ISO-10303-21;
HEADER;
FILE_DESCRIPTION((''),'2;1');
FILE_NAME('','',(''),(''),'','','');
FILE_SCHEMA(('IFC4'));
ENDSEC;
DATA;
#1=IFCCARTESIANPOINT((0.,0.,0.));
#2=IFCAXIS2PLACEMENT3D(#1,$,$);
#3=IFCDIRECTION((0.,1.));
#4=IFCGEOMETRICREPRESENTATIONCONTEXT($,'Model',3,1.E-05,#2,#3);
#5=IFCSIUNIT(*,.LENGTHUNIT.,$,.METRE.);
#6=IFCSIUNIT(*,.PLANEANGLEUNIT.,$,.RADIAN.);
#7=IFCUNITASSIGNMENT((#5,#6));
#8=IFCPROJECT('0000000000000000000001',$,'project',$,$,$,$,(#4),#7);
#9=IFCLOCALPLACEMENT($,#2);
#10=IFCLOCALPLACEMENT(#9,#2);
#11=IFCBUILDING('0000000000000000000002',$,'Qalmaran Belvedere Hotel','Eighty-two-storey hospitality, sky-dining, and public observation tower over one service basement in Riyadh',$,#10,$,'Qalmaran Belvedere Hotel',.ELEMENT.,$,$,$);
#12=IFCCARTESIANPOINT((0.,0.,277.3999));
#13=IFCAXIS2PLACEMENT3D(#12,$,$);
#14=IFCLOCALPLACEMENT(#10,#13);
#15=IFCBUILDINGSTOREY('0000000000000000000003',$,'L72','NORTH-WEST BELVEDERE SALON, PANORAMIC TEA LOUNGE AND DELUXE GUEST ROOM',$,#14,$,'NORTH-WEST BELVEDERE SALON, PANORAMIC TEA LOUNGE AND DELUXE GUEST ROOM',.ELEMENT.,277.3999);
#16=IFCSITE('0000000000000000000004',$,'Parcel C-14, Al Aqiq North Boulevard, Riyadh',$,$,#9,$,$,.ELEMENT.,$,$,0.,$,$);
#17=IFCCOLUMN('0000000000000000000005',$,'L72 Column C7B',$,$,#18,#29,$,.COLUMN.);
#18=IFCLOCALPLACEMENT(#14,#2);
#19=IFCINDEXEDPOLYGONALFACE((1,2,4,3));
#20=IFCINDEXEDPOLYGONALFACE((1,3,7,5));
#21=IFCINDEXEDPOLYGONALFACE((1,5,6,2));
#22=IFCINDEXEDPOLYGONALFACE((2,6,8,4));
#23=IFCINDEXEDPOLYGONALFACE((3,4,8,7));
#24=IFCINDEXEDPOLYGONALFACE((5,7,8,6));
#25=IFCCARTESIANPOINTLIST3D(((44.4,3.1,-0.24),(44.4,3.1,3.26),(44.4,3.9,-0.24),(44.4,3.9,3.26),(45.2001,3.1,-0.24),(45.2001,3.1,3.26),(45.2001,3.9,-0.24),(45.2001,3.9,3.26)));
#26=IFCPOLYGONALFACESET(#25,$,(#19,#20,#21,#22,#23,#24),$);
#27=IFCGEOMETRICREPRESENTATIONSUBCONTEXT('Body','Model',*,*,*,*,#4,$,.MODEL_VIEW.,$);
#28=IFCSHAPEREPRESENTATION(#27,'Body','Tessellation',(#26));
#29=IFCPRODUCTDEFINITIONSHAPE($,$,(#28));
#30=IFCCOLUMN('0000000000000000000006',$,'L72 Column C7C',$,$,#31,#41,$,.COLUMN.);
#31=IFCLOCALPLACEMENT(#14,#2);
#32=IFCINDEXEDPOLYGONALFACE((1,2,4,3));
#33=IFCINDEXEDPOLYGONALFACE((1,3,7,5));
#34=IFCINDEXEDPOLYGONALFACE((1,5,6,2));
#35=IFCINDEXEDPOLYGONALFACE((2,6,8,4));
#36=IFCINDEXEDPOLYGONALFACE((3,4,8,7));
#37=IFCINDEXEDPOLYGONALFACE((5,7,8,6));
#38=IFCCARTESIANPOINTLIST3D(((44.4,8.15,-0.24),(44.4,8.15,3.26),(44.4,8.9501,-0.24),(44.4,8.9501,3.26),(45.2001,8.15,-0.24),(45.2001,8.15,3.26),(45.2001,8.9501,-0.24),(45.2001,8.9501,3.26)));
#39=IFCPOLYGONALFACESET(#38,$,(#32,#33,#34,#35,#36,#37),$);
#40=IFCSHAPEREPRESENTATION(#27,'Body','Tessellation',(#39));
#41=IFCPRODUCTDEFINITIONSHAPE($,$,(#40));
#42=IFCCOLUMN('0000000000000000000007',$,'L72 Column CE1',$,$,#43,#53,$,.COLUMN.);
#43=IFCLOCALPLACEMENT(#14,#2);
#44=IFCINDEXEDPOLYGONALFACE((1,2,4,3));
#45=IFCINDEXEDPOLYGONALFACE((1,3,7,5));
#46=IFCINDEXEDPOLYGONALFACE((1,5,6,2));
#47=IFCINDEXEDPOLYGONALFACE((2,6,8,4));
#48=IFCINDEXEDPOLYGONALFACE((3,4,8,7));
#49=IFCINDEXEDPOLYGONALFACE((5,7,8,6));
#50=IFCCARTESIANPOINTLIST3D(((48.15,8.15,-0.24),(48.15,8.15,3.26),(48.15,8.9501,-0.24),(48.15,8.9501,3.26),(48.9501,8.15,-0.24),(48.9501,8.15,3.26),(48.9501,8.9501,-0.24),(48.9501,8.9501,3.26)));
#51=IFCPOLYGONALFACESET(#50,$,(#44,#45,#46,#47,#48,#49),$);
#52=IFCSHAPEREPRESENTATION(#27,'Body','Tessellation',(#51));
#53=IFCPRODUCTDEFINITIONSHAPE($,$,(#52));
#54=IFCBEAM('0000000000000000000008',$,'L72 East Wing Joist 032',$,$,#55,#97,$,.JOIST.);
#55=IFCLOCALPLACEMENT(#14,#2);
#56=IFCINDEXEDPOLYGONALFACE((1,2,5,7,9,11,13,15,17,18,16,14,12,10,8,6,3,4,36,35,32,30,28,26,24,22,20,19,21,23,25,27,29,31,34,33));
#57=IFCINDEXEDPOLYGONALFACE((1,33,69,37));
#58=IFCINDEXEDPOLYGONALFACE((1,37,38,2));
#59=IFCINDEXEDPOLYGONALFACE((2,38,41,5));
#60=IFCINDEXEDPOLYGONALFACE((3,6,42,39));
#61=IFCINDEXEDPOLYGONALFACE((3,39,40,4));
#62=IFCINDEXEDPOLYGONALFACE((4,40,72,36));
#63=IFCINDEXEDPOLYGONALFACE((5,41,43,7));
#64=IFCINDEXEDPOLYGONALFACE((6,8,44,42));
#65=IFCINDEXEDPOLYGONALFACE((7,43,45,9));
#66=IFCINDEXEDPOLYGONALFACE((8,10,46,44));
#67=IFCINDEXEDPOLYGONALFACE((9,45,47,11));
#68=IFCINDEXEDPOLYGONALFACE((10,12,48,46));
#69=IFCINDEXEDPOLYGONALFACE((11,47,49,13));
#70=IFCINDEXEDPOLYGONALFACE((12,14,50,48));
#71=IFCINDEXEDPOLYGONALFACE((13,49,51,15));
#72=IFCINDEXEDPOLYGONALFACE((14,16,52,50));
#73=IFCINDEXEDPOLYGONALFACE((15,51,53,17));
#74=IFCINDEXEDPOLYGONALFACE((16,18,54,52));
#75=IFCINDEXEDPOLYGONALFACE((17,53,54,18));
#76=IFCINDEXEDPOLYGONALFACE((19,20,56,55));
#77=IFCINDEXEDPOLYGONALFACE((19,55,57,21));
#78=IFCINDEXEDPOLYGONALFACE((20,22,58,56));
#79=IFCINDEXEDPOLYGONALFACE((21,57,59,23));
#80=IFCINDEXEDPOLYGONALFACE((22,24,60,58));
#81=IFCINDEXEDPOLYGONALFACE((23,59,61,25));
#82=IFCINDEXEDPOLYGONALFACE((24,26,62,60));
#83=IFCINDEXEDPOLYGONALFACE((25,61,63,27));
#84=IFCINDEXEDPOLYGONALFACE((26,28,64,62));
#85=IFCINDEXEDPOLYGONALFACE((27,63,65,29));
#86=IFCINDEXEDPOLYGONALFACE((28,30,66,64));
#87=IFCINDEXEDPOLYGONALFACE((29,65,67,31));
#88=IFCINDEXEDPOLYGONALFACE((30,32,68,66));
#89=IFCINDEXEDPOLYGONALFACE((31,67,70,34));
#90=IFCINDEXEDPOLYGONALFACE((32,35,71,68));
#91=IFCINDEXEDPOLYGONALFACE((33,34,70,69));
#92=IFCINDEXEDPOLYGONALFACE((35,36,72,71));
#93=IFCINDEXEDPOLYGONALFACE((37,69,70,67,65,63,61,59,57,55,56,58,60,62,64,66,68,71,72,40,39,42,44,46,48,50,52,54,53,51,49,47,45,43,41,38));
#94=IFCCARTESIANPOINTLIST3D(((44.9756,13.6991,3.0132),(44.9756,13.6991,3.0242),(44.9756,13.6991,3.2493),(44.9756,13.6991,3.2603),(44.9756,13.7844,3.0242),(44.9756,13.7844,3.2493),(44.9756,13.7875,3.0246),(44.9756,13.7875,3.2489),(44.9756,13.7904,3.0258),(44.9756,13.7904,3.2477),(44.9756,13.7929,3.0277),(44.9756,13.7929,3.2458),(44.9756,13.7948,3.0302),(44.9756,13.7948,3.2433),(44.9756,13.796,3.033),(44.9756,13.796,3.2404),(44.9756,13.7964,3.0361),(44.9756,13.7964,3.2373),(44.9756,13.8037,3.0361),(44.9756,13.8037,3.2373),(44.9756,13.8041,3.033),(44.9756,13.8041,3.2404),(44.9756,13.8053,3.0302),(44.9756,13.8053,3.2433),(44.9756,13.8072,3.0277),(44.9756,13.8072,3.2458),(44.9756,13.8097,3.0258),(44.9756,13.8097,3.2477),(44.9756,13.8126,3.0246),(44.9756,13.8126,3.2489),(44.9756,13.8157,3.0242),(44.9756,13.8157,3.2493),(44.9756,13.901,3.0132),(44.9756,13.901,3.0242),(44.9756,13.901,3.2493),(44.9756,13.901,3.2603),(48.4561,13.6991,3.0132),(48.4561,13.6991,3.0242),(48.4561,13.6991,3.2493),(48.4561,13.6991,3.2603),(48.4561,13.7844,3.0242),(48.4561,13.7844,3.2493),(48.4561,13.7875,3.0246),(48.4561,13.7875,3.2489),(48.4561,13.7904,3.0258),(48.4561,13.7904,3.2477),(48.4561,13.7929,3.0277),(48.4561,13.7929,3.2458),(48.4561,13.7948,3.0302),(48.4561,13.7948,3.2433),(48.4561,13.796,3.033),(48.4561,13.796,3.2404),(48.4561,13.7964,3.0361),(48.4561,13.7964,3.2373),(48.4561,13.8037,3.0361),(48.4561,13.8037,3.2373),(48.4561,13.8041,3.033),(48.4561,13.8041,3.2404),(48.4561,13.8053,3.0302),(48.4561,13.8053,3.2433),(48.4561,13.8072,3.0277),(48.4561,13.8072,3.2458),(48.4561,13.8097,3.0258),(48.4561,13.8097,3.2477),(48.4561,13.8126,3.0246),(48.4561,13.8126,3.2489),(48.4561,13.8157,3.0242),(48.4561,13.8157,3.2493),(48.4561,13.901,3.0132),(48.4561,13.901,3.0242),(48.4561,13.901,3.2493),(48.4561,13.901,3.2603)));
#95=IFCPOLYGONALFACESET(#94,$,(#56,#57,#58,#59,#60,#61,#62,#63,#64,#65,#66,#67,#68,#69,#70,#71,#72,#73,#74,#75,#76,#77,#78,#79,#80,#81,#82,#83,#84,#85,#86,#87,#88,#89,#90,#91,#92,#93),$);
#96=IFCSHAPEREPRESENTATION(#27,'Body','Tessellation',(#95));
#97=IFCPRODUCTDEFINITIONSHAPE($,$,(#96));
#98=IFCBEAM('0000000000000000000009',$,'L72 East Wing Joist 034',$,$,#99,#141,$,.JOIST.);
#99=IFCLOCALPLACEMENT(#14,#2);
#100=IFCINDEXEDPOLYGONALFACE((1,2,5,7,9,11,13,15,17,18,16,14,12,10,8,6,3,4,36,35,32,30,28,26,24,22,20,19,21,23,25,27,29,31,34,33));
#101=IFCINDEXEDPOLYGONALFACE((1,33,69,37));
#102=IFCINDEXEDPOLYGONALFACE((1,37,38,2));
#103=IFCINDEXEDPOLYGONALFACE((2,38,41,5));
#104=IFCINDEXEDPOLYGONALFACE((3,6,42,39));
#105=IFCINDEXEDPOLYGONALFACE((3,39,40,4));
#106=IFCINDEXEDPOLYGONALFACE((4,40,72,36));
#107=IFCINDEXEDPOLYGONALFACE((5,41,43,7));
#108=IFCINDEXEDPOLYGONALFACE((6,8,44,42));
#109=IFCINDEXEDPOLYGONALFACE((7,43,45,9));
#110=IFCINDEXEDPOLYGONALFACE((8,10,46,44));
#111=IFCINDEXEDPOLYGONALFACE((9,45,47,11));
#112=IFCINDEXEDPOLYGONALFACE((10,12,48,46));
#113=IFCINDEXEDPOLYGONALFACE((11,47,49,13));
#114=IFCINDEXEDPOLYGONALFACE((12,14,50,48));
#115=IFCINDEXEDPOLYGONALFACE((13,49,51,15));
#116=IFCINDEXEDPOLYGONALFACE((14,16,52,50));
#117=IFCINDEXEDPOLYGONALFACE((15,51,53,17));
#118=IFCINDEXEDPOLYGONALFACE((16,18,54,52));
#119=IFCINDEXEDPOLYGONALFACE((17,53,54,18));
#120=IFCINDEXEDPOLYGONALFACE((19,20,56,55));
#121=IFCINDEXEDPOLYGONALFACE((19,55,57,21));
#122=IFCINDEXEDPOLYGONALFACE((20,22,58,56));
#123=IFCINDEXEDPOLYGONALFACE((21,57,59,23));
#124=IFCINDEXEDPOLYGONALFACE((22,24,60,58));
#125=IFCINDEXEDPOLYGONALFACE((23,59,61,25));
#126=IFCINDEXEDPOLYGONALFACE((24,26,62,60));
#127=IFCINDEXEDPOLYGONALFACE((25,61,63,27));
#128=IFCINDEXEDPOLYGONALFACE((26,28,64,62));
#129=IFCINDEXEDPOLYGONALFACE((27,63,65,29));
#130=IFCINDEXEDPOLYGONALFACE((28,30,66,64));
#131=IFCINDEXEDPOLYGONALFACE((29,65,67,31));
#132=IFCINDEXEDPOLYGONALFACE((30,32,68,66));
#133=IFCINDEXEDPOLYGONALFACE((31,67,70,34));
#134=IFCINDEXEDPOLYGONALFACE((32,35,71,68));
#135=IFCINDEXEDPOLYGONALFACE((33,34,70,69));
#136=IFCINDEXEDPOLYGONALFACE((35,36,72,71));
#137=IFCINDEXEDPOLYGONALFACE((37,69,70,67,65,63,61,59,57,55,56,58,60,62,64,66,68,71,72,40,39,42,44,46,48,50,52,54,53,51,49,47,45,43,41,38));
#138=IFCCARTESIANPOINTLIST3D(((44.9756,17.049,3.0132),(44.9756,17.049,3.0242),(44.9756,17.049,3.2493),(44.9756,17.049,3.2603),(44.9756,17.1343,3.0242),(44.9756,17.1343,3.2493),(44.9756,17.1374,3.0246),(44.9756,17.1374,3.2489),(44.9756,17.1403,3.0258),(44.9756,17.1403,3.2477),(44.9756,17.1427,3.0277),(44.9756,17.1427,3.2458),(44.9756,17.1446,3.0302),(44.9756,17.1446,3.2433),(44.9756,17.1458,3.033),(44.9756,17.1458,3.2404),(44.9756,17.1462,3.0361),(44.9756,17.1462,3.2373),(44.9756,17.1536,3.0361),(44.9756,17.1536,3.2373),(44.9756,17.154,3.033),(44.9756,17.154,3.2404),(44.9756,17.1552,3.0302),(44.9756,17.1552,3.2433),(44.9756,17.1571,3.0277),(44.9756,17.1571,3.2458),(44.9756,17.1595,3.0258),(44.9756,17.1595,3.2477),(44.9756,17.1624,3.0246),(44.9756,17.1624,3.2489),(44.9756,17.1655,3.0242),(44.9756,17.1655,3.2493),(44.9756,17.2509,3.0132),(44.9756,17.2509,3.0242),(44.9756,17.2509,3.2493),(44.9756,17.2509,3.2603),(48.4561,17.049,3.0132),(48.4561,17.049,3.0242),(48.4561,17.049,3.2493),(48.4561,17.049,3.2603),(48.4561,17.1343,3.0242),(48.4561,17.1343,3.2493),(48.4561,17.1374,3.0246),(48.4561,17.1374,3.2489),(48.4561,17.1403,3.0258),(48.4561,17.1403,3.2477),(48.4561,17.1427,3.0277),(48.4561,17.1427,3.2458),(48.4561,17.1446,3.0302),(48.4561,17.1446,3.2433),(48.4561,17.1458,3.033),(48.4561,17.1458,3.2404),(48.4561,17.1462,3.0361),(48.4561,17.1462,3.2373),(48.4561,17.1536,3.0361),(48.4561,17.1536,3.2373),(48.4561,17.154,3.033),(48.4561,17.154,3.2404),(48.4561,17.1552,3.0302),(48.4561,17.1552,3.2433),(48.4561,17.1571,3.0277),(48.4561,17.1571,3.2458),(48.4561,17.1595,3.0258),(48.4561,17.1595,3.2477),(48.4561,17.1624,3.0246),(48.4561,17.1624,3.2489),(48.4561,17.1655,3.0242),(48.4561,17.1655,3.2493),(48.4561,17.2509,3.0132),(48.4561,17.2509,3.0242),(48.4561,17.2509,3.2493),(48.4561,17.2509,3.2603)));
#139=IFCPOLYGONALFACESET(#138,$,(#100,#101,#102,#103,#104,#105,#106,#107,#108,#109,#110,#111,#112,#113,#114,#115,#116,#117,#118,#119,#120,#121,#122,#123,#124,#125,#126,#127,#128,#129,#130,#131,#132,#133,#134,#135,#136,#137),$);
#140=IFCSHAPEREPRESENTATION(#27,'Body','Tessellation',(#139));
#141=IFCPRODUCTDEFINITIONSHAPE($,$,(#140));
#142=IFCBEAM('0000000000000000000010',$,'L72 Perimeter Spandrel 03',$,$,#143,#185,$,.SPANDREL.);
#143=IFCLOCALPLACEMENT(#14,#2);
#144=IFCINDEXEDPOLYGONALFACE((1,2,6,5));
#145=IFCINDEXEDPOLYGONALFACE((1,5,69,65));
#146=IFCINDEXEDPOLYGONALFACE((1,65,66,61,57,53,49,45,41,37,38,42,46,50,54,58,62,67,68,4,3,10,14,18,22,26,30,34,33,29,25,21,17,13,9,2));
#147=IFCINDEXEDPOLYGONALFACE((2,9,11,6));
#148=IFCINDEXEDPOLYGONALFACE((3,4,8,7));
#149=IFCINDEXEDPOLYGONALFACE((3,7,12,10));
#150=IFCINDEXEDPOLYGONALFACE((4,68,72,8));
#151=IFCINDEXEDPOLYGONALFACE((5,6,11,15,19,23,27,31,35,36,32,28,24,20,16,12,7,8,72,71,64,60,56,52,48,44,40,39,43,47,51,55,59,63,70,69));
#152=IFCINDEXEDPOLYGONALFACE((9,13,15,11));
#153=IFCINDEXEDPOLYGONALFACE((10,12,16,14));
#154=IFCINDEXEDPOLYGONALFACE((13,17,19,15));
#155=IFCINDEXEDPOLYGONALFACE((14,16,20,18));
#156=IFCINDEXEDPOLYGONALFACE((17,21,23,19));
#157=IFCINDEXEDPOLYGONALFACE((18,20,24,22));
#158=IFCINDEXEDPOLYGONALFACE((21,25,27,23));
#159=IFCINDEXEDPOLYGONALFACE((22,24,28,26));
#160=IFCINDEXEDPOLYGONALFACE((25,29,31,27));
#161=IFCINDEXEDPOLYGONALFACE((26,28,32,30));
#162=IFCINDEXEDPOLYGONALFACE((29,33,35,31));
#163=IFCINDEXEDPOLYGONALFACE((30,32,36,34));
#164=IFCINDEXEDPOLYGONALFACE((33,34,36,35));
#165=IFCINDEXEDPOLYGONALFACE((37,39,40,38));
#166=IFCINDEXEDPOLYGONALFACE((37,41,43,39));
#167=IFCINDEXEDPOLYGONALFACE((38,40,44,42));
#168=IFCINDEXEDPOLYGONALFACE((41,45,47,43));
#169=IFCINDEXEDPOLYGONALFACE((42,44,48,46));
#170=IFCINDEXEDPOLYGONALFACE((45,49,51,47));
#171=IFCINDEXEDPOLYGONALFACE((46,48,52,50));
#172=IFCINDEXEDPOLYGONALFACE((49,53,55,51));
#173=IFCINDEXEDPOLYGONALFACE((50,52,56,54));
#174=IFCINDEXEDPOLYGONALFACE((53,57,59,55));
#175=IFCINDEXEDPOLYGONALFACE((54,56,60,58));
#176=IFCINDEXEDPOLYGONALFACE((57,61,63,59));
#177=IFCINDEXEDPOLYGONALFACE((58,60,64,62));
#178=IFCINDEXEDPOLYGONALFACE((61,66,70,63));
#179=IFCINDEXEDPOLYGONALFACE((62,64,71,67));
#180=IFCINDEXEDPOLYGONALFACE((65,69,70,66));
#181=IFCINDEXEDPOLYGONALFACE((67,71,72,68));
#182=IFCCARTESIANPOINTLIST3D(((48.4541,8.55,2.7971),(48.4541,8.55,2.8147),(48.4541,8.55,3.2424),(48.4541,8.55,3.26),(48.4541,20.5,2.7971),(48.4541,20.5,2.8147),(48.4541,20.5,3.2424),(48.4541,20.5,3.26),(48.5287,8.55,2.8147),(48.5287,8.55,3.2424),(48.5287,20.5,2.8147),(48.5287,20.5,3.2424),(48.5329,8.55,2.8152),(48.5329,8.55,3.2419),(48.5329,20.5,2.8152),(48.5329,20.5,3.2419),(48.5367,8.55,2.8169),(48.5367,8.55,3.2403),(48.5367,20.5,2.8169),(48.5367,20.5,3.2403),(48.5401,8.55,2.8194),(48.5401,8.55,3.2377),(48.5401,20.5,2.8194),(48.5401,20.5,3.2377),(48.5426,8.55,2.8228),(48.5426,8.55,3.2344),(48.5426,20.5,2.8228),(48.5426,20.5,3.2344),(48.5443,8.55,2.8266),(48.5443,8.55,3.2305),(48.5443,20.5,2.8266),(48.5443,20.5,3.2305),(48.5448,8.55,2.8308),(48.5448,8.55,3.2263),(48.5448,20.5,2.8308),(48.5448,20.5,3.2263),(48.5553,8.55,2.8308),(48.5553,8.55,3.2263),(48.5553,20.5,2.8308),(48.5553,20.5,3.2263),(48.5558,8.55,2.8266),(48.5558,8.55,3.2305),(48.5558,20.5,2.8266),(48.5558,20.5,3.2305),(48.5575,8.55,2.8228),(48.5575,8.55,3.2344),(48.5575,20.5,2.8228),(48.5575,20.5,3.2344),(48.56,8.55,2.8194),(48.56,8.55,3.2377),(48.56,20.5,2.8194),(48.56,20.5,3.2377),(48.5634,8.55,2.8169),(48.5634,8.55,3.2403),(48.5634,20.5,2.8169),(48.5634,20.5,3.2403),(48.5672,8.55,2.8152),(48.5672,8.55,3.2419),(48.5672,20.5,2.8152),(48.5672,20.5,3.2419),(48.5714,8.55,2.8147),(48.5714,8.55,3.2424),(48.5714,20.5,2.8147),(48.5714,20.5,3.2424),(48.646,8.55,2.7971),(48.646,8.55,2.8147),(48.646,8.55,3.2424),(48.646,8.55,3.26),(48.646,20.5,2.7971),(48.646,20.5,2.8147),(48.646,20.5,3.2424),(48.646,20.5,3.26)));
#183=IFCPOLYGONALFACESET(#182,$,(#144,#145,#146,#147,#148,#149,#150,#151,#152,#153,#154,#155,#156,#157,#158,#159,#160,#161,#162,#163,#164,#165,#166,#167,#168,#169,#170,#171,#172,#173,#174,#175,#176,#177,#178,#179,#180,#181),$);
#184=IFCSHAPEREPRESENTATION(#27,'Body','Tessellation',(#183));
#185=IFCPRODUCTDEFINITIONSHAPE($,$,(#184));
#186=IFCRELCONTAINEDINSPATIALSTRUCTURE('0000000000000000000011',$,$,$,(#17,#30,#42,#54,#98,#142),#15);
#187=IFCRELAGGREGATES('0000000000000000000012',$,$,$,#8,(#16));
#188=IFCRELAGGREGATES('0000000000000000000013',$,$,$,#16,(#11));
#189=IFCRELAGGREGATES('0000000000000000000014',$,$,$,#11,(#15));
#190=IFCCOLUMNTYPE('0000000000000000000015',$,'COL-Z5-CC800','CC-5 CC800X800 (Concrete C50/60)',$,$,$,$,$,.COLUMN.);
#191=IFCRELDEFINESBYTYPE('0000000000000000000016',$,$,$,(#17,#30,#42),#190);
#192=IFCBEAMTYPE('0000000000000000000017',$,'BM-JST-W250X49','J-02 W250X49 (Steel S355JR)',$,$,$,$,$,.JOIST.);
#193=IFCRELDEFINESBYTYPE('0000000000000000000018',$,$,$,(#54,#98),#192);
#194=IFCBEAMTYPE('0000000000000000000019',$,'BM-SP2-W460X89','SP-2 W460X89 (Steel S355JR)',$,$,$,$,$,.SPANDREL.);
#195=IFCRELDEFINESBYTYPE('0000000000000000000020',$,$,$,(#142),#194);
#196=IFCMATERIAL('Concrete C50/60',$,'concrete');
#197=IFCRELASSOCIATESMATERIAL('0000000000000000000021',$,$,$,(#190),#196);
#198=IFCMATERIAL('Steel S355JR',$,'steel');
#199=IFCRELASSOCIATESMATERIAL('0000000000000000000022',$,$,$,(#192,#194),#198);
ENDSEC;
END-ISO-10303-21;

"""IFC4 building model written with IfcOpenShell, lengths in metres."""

from ifc_helpers import new_model, si_unit, direction, frame, origin, origin_2d, place, context, subcontext, project, spatial, rectangle, i_section, extrude, material, material_profile, profile_set, type_object, element, save


model = new_model("IFC4")

# Units and contexts
model_context = context("Model", 3, precision=1e-05, world=origin(), true_north=direction((0.0, 1.0)))
body_context = subcontext(model_context, "Body", "Model", "MODEL_VIEW")
ifc_project = project(units=[si_unit("LENGTHUNIT", "METRE"), si_unit("PLANEANGLEUNIT", "RADIAN")], contexts=[model_context])

# Site, building, storey
site_placement = place(None, origin())
site = spatial("IfcSite", under=ifc_project, at=site_placement, Name="Parcel C-14, Al Aqiq North Boulevard, Riyadh", CompositionType="ELEMENT", RefElevation=0.0)
building_placement = place(site_placement, origin())
building = spatial("IfcBuilding", under=site, at=building_placement, Name="Qalmaran Belvedere Hotel", Description="Eighty-two-storey hospitality, sky-dining, and public observation tower over one service basement in Riyadh", LongName="Qalmaran Belvedere Hotel", CompositionType="ELEMENT")
storey_placement = place(building_placement, frame((0.0, 0.0, 277.3999)))
storey = spatial("IfcBuildingStorey", under=building, at=storey_placement, Name="L72", Description="NORTH-WEST BELVEDERE SALON, PANORAMIC TEA LOUNGE AND DELUXE GUEST ROOM", LongName="NORTH-WEST BELVEDERE SALON, PANORAMIC TEA LOUNGE AND DELUXE GUEST ROOM", CompositionType="ELEMENT", Elevation=277.3999)

# Columns
ifc_material_1 = material(Name="Concrete C50/60", Category="concrete")
ifc_material_profile_1 = material_profile(ifc_material_1, rectangle(XDim=0.8, YDim=0.8, at=origin_2d()), Name="CC800X800")
ifc_profile_set_1 = profile_set([ifc_material_profile_1], Name="Concrete C50/60")
column_type = type_object("IfcColumnType", Name="COL-Z5-CC800", Description="CC-5 CC800X800 (Concrete C50/60)", PredefinedType="COLUMN", material=ifc_profile_set_1)
for number, where, z_axis, x_axis, name in (
    (1, (44.8, 3.5, -0.24), (0.0, 0.0, 1.0), (1.0, 0.0, 0.0), "L72 Column C7B"),
    (2, (44.8, 8.55, -0.24), (0.0, 0.0, 1.0), (1.0, 0.0, 0.0), "L72 Column C7C"),
    (3, (48.55, 8.55, -0.24), (0.0, 0.0, 1.0), (1.0, 0.0, 0.0), "L72 Column CE1"),
):
    element("IfcColumn", number, at=place(storey_placement, frame(where, z_axis=z_axis, x_axis=x_axis)), inside=storey, type_object=column_type, Name=name, PredefinedType="COLUMN", context=body_context, shape_type="SweptSolid", body=[
        extrude(rectangle(XDim=0.8, YDim=0.8, at=origin_2d()), origin(), (0.0, 0.0, 1.0), 3.5),
    ])

# Beams
ifc_material_2 = material(Name="Steel S355JR", Category="steel")
ifc_material_profile_2 = material_profile(ifc_material_2, i_section(OverallWidth=0.2019, OverallDepth=0.2471, WebThickness=0.0073, FlangeThickness=0.011, FilletRadius=0.012, at=origin_2d()), Name="W250X49")
ifc_profile_set_2 = profile_set([ifc_material_profile_2], Name="Steel S355JR")
beam_type_1 = type_object("IfcBeamType", Name="BM-JST-W250X49", Description="J-02 W250X49 (Steel S355JR)", PredefinedType="JOIST", material=ifc_profile_set_2)
for number, where, z_axis, x_axis, name in (
    (4, (44.9756, 13.8, 3.1367), (1.0, 0.0, 0.0), (0.0, 1.0, 0.0), "L72 East Wing Joist 032"),
    (5, (44.9756, 17.1499, 3.1367), (1.0, 0.0, 0.0), (0.0, 1.0, 0.0), "L72 East Wing Joist 034"),
):
    element("IfcBeam", number, at=place(storey_placement, frame(where, z_axis=z_axis, x_axis=x_axis)), inside=storey, type_object=beam_type_1, Name=name, PredefinedType="JOIST", context=body_context, shape_type="SweptSolid", body=[
        extrude(i_section(OverallWidth=0.2019, OverallDepth=0.2471, WebThickness=0.0073, FlangeThickness=0.011, FilletRadius=0.012, at=origin_2d()), origin(), (0.0, 0.0, 1.0), 3.4805),
    ])
ifc_material_profile_3 = material_profile(ifc_material_2, i_section(OverallWidth=0.1919, OverallDepth=0.4629, WebThickness=0.0105, FlangeThickness=0.0176, FilletRadius=0.0161, at=origin_2d()), Name="W460X89")
ifc_profile_set_3 = profile_set([ifc_material_profile_3], Name="Steel S355JR")
beam_type_2 = type_object("IfcBeamType", Name="BM-SP2-W460X89", Description="SP-2 W460X89 (Steel S355JR)", PredefinedType="SPANDREL", material=ifc_profile_set_3)
beam_1_placement = place(storey_placement, frame((48.55, 8.55, 3.0286), z_axis=(0.0, 1.0, 0.0), x_axis=(-1.0, 0.0, 0.0)))
element("IfcBeam", 6, at=beam_1_placement, inside=storey, type_object=beam_type_2, Name="L72 Perimeter Spandrel 03", PredefinedType="SPANDREL", context=body_context, shape_type="SweptSolid", body=[
    extrude(i_section(OverallWidth=0.1919, OverallDepth=0.4629, WebThickness=0.0105, FlangeThickness=0.0176, FilletRadius=0.0161, at=origin_2d()), origin(), (0.0, 0.0, 1.0), 11.95),
])

save(model, "model.ifc")
